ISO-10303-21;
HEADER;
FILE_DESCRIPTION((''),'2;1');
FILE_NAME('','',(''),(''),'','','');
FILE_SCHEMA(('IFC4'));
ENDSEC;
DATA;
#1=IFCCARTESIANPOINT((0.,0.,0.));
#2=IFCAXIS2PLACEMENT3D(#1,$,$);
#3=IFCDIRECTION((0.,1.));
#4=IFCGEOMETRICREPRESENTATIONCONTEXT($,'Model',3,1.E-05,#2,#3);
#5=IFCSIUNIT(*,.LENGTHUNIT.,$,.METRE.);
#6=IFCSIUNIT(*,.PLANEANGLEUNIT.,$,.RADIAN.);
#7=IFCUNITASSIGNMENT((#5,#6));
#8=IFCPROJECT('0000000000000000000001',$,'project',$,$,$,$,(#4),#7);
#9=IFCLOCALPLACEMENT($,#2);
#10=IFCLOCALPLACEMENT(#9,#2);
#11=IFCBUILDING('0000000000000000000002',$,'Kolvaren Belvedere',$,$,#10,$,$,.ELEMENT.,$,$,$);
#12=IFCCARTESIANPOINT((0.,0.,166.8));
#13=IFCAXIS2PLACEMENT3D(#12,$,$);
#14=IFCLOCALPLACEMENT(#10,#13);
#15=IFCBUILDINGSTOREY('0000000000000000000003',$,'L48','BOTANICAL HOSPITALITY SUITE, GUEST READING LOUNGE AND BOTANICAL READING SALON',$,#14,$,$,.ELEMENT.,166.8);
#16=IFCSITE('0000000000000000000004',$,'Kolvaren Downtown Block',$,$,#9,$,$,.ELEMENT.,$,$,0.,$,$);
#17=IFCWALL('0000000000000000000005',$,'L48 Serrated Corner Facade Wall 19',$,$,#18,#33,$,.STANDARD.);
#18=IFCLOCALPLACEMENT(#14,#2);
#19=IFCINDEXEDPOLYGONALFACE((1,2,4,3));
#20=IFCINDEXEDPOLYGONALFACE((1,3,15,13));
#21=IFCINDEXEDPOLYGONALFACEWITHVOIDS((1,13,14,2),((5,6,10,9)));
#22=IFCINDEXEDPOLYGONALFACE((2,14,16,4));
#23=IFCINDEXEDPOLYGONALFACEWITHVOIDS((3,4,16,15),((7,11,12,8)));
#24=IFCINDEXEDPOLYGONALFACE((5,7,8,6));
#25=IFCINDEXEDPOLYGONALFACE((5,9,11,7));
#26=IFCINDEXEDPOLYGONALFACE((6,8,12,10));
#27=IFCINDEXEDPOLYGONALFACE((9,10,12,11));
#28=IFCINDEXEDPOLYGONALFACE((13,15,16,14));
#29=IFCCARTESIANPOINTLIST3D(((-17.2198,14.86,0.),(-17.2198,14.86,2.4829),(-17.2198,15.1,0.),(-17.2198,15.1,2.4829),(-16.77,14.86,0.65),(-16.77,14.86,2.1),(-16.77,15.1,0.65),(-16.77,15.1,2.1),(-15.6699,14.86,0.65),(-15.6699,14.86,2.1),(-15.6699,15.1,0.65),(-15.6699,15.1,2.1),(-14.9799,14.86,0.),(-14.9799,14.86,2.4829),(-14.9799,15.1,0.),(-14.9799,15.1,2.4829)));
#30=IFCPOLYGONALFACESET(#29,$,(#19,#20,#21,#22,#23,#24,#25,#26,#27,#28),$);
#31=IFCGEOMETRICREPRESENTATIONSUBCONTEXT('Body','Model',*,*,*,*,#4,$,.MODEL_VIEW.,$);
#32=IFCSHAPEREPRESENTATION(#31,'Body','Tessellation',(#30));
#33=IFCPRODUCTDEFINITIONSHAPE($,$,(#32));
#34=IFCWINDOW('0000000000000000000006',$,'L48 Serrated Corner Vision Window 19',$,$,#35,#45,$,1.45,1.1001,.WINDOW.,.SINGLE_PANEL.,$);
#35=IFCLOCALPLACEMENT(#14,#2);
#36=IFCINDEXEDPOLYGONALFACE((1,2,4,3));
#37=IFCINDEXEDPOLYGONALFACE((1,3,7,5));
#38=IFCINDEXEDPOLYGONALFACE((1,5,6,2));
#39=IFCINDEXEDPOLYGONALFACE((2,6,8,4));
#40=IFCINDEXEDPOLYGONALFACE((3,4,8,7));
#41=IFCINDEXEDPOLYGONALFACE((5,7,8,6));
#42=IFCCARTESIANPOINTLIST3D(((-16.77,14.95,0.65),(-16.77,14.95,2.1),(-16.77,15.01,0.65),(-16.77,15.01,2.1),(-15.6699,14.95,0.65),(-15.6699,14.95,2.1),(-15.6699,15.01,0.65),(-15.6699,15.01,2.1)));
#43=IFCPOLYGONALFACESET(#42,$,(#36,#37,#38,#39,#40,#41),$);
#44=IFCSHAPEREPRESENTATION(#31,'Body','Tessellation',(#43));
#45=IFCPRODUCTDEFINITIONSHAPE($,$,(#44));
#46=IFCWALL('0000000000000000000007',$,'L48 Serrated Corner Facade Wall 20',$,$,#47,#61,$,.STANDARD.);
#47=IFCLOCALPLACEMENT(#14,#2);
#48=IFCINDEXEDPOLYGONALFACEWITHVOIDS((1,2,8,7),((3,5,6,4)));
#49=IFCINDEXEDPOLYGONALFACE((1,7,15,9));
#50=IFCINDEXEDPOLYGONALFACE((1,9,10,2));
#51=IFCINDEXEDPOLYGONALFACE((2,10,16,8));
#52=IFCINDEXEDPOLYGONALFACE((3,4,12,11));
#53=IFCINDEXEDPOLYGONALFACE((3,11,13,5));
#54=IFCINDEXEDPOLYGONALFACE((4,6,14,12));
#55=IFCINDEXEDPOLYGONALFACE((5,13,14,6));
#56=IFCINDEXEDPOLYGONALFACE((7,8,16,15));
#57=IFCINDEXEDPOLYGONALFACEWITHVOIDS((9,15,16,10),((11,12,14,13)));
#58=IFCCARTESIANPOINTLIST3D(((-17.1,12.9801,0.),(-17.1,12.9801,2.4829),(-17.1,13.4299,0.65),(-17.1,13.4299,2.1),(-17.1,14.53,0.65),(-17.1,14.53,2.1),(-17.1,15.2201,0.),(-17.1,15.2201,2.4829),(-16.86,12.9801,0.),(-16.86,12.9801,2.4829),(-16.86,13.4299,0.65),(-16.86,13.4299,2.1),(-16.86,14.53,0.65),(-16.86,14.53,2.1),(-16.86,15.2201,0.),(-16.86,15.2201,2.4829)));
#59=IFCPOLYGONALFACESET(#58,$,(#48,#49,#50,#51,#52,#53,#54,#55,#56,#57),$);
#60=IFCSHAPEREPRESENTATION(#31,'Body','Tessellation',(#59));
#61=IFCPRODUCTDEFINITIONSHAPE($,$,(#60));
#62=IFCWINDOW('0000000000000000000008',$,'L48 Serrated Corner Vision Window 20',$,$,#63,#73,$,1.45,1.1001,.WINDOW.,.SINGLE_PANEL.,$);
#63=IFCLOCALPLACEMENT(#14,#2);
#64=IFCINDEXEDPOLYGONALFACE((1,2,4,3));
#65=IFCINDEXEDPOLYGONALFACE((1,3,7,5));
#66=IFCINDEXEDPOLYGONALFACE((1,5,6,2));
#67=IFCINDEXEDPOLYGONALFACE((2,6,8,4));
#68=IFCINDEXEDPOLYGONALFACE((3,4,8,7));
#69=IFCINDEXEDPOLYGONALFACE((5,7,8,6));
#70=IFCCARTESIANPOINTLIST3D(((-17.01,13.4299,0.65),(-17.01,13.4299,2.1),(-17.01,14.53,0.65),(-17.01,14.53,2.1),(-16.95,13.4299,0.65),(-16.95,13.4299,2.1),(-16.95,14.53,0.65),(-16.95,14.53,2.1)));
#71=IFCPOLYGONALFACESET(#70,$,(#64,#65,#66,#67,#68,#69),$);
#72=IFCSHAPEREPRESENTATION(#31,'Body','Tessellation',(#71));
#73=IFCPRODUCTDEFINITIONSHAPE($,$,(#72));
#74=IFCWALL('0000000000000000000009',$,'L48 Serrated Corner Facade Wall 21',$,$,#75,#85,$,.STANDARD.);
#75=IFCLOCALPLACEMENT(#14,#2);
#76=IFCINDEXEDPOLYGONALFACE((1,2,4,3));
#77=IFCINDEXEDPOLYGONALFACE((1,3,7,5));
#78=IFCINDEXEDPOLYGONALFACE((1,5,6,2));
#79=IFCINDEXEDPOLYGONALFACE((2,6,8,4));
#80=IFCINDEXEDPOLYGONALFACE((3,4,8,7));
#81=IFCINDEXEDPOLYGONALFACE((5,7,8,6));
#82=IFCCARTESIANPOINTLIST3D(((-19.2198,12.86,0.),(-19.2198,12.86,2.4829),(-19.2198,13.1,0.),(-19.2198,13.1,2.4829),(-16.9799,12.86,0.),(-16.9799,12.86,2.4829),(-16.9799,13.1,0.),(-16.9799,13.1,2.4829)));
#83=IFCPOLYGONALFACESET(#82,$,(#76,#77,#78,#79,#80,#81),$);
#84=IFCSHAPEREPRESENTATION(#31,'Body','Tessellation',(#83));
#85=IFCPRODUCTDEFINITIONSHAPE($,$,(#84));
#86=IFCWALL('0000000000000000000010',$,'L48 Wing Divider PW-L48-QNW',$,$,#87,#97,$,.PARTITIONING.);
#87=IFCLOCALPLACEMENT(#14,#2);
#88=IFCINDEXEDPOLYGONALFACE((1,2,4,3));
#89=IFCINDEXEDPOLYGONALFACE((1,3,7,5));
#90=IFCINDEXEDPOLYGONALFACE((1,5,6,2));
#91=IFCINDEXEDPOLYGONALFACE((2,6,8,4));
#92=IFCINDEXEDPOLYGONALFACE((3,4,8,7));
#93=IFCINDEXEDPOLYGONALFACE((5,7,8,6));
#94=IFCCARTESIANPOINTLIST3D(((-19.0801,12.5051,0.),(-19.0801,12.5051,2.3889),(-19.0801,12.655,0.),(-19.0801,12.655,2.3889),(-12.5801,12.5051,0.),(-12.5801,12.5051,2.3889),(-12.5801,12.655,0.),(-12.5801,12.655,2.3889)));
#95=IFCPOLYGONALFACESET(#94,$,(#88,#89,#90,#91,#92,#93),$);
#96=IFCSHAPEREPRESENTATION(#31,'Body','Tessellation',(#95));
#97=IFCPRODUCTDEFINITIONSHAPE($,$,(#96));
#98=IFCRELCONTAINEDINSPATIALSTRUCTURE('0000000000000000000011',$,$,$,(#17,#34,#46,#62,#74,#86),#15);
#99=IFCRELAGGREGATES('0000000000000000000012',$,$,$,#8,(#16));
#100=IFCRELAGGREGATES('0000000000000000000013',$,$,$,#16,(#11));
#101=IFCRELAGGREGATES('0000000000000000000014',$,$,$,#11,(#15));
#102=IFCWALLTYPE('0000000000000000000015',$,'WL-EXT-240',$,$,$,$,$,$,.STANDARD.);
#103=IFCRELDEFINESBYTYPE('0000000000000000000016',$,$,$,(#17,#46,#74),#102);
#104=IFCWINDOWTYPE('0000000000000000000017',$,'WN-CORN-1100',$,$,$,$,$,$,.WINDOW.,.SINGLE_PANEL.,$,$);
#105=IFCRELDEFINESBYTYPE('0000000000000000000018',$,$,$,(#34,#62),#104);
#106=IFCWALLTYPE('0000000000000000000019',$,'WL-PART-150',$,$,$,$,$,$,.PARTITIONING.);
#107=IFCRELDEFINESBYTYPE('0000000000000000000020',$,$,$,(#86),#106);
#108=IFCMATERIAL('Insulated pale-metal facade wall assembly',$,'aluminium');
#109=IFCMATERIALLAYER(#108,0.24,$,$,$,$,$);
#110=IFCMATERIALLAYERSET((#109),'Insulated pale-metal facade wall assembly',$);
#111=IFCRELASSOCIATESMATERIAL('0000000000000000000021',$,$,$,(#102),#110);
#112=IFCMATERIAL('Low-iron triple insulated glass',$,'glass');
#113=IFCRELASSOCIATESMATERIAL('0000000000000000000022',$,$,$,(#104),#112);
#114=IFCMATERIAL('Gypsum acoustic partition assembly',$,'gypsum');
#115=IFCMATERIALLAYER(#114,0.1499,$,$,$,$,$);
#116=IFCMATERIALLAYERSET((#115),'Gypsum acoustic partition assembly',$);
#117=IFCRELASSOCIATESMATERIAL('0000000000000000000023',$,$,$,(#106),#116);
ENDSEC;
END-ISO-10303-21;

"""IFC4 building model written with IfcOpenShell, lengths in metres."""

from ifc_helpers import new_model, si_unit, direction, frame, frame_2d, origin, place, context, subcontext, project, spatial, rectangle, extrude, material, layer, layer_set, type_object, element, fill, save


model = new_model("IFC4")

# Units and contexts
model_context = context("Model", 3, precision=1e-05, world=origin(), true_north=direction((0.0, 1.0)))
body_context = subcontext(model_context, "Body", "Model", "MODEL_VIEW")
ifc_project = project(units=[si_unit("LENGTHUNIT", "METRE"), si_unit("PLANEANGLEUNIT", "RADIAN")], contexts=[model_context])

# Site, building, storey
site_placement = place(None, origin())
site = spatial("IfcSite", under=ifc_project, at=site_placement, Name="Kolvaren Downtown Block", CompositionType="ELEMENT", RefElevation=0.0)
building_placement = place(site_placement, origin())
building = spatial("IfcBuilding", under=site, at=building_placement, Name="Kolvaren Belvedere", CompositionType="ELEMENT")
storey_placement = place(building_placement, frame((0.0, 0.0, 166.8)))
storey = spatial("IfcBuildingStorey", under=building, at=storey_placement, Name="L48", Description="BOTANICAL HOSPITALITY SUITE, GUEST READING LOUNGE AND BOTANICAL READING SALON", CompositionType="ELEMENT", Elevation=166.8)

# Shared definitions
ifc_material_1 = material(Name="Insulated pale-metal facade wall assembly", Category="aluminium")
ifc_layer_1 = layer(ifc_material_1, 0.24)
ifc_layer_set_1 = layer_set([ifc_layer_1], Name="Insulated pale-metal facade wall assembly")
wall_type_1 = type_object("IfcWallType", Name="WL-EXT-240", PredefinedType="STANDARD", material=ifc_layer_set_1)

# Walls, openings, windows
ifc_material_2 = material(Name="Low-iron triple insulated glass", Category="glass")
window_type = type_object("IfcWindowType", Name="WN-CORN-1100", PartitioningType="SINGLE_PANEL", PredefinedType="WINDOW", material=ifc_material_2)
wall_1_placement = place(storey_placement, frame((-17.22, 14.98, 0.0), z_axis=(0.0, 0.0, 1.0), x_axis=(1.0, 0.0, 0.0)))
wall_1 = element("IfcWall", 1, at=wall_1_placement, inside=storey, type_object=wall_type_1, Name="L48 Serrated Corner Facade Wall 19", PredefinedType="STANDARD", context=body_context, shape_type="SweptSolid", body=[
    extrude(rectangle(XDim=2.24, YDim=0.24, at=frame_2d((1.1201, 0.0))), origin(), (0.0, 0.0, 1.0), 2.4829),
])
opening_1_placement = place(wall_1_placement, frame((0.45, 0.0, 0.6499)))
opening_1 = element("IfcOpeningElement", 2, at=opening_1_placement, cuts=wall_1, PredefinedType="OPENING", context=body_context, shape_type="SweptSolid", body=[
    extrude(rectangle(XDim=1.1001, YDim=1.45, at=frame_2d((0.55, 0.7251))), frame((0.0, 0.1299, 0.0), z_axis=(0.0, -1.0, 0.0), x_axis=(1.0, 0.0, 0.0)), (0.0, 0.0, 1.0), 0.26),
])
window_1_placement = place(opening_1_placement, origin())
window_1 = element("IfcWindow", 3, at=window_1_placement, inside=storey, type_object=window_type, Name="L48 Serrated Corner Vision Window 19", OverallHeight=1.45, OverallWidth=1.1001, PartitioningType="SINGLE_PANEL", PredefinedType="WINDOW", context=body_context, shape_type="SweptSolid", body=[
    extrude(rectangle(XDim=1.1001, YDim=1.45, at=frame_2d((0.55, 0.7251))), frame((0.0, 0.03, 0.0), z_axis=(0.0, -1.0, 0.0), x_axis=(1.0, 0.0, 0.0)), (0.0, 0.0, 1.0), 0.0601),
])
fill(opening_1, window_1)
wall_2_placement = place(storey_placement, frame((-16.98, 12.98, 0.0), z_axis=(0.0, 0.0, 1.0), x_axis=(0.0, 1.0, 0.0)))
wall_2 = element("IfcWall", 4, at=wall_2_placement, inside=storey, type_object=wall_type_1, Name="L48 Serrated Corner Facade Wall 20", PredefinedType="STANDARD", context=body_context, shape_type="SweptSolid", body=[
    extrude(rectangle(XDim=2.24, YDim=0.24, at=frame_2d((1.1201, 0.0))), origin(), (0.0, 0.0, 1.0), 2.4829),
])
opening_2_placement = place(wall_2_placement, frame((0.45, 0.0, 0.6499)))
opening_2 = element("IfcOpeningElement", 5, at=opening_2_placement, cuts=wall_2, PredefinedType="OPENING", context=body_context, shape_type="SweptSolid", body=[
    extrude(rectangle(XDim=1.1001, YDim=1.45, at=frame_2d((0.55, 0.7251))), frame((0.0, 0.1299, 0.0), z_axis=(0.0, -1.0, 0.0), x_axis=(1.0, 0.0, 0.0)), (0.0, 0.0, 1.0), 0.26),
])
window_2_placement = place(opening_2_placement, origin())
window_2 = element("IfcWindow", 6, at=window_2_placement, inside=storey, type_object=window_type, Name="L48 Serrated Corner Vision Window 20", OverallHeight=1.45, OverallWidth=1.1001, PartitioningType="SINGLE_PANEL", PredefinedType="WINDOW", context=body_context, shape_type="SweptSolid", body=[
    extrude(rectangle(XDim=1.1001, YDim=1.45, at=frame_2d((0.55, 0.7251))), frame((0.0, 0.03, 0.0), z_axis=(0.0, -1.0, 0.0), x_axis=(1.0, 0.0, 0.0)), (0.0, 0.0, 1.0), 0.0601),
])
fill(opening_2, window_2)

# Walls
wall_3_placement = place(storey_placement, frame((-19.22, 12.98, 0.0), z_axis=(0.0, 0.0, 1.0), x_axis=(1.0, 0.0, 0.0)))
element("IfcWall", 7, at=wall_3_placement, inside=storey, type_object=wall_type_1, Name="L48 Serrated Corner Facade Wall 21", PredefinedType="STANDARD", context=body_context, shape_type="SweptSolid", body=[
    extrude(rectangle(XDim=2.24, YDim=0.24, at=frame_2d((1.1201, 0.0))), origin(), (0.0, 0.0, 1.0), 2.4829),
])
ifc_material_3 = material(Name="Gypsum acoustic partition assembly", Category="gypsum")
ifc_layer_2 = layer(ifc_material_3, 0.1499)
ifc_layer_set_2 = layer_set([ifc_layer_2], Name="Gypsum acoustic partition assembly")
wall_type_2 = type_object("IfcWallType", Name="WL-PART-150", PredefinedType="PARTITIONING", material=ifc_layer_set_2)
wall_4_placement = place(storey_placement, frame((-19.0801, 12.5801, 0.0), z_axis=(0.0, 0.0, 1.0), x_axis=(1.0, 0.0, 0.0)))
element("IfcWall", 8, at=wall_4_placement, inside=storey, type_object=wall_type_2, Name="L48 Wing Divider PW-L48-QNW", PredefinedType="PARTITIONING", context=body_context, shape_type="SweptSolid", body=[
    extrude(rectangle(XDim=6.5, YDim=0.1499, at=frame_2d((3.25, 0.0))), origin(), (0.0, 0.0, 1.0), 2.3889),
])

save(model, "model.ifc")
